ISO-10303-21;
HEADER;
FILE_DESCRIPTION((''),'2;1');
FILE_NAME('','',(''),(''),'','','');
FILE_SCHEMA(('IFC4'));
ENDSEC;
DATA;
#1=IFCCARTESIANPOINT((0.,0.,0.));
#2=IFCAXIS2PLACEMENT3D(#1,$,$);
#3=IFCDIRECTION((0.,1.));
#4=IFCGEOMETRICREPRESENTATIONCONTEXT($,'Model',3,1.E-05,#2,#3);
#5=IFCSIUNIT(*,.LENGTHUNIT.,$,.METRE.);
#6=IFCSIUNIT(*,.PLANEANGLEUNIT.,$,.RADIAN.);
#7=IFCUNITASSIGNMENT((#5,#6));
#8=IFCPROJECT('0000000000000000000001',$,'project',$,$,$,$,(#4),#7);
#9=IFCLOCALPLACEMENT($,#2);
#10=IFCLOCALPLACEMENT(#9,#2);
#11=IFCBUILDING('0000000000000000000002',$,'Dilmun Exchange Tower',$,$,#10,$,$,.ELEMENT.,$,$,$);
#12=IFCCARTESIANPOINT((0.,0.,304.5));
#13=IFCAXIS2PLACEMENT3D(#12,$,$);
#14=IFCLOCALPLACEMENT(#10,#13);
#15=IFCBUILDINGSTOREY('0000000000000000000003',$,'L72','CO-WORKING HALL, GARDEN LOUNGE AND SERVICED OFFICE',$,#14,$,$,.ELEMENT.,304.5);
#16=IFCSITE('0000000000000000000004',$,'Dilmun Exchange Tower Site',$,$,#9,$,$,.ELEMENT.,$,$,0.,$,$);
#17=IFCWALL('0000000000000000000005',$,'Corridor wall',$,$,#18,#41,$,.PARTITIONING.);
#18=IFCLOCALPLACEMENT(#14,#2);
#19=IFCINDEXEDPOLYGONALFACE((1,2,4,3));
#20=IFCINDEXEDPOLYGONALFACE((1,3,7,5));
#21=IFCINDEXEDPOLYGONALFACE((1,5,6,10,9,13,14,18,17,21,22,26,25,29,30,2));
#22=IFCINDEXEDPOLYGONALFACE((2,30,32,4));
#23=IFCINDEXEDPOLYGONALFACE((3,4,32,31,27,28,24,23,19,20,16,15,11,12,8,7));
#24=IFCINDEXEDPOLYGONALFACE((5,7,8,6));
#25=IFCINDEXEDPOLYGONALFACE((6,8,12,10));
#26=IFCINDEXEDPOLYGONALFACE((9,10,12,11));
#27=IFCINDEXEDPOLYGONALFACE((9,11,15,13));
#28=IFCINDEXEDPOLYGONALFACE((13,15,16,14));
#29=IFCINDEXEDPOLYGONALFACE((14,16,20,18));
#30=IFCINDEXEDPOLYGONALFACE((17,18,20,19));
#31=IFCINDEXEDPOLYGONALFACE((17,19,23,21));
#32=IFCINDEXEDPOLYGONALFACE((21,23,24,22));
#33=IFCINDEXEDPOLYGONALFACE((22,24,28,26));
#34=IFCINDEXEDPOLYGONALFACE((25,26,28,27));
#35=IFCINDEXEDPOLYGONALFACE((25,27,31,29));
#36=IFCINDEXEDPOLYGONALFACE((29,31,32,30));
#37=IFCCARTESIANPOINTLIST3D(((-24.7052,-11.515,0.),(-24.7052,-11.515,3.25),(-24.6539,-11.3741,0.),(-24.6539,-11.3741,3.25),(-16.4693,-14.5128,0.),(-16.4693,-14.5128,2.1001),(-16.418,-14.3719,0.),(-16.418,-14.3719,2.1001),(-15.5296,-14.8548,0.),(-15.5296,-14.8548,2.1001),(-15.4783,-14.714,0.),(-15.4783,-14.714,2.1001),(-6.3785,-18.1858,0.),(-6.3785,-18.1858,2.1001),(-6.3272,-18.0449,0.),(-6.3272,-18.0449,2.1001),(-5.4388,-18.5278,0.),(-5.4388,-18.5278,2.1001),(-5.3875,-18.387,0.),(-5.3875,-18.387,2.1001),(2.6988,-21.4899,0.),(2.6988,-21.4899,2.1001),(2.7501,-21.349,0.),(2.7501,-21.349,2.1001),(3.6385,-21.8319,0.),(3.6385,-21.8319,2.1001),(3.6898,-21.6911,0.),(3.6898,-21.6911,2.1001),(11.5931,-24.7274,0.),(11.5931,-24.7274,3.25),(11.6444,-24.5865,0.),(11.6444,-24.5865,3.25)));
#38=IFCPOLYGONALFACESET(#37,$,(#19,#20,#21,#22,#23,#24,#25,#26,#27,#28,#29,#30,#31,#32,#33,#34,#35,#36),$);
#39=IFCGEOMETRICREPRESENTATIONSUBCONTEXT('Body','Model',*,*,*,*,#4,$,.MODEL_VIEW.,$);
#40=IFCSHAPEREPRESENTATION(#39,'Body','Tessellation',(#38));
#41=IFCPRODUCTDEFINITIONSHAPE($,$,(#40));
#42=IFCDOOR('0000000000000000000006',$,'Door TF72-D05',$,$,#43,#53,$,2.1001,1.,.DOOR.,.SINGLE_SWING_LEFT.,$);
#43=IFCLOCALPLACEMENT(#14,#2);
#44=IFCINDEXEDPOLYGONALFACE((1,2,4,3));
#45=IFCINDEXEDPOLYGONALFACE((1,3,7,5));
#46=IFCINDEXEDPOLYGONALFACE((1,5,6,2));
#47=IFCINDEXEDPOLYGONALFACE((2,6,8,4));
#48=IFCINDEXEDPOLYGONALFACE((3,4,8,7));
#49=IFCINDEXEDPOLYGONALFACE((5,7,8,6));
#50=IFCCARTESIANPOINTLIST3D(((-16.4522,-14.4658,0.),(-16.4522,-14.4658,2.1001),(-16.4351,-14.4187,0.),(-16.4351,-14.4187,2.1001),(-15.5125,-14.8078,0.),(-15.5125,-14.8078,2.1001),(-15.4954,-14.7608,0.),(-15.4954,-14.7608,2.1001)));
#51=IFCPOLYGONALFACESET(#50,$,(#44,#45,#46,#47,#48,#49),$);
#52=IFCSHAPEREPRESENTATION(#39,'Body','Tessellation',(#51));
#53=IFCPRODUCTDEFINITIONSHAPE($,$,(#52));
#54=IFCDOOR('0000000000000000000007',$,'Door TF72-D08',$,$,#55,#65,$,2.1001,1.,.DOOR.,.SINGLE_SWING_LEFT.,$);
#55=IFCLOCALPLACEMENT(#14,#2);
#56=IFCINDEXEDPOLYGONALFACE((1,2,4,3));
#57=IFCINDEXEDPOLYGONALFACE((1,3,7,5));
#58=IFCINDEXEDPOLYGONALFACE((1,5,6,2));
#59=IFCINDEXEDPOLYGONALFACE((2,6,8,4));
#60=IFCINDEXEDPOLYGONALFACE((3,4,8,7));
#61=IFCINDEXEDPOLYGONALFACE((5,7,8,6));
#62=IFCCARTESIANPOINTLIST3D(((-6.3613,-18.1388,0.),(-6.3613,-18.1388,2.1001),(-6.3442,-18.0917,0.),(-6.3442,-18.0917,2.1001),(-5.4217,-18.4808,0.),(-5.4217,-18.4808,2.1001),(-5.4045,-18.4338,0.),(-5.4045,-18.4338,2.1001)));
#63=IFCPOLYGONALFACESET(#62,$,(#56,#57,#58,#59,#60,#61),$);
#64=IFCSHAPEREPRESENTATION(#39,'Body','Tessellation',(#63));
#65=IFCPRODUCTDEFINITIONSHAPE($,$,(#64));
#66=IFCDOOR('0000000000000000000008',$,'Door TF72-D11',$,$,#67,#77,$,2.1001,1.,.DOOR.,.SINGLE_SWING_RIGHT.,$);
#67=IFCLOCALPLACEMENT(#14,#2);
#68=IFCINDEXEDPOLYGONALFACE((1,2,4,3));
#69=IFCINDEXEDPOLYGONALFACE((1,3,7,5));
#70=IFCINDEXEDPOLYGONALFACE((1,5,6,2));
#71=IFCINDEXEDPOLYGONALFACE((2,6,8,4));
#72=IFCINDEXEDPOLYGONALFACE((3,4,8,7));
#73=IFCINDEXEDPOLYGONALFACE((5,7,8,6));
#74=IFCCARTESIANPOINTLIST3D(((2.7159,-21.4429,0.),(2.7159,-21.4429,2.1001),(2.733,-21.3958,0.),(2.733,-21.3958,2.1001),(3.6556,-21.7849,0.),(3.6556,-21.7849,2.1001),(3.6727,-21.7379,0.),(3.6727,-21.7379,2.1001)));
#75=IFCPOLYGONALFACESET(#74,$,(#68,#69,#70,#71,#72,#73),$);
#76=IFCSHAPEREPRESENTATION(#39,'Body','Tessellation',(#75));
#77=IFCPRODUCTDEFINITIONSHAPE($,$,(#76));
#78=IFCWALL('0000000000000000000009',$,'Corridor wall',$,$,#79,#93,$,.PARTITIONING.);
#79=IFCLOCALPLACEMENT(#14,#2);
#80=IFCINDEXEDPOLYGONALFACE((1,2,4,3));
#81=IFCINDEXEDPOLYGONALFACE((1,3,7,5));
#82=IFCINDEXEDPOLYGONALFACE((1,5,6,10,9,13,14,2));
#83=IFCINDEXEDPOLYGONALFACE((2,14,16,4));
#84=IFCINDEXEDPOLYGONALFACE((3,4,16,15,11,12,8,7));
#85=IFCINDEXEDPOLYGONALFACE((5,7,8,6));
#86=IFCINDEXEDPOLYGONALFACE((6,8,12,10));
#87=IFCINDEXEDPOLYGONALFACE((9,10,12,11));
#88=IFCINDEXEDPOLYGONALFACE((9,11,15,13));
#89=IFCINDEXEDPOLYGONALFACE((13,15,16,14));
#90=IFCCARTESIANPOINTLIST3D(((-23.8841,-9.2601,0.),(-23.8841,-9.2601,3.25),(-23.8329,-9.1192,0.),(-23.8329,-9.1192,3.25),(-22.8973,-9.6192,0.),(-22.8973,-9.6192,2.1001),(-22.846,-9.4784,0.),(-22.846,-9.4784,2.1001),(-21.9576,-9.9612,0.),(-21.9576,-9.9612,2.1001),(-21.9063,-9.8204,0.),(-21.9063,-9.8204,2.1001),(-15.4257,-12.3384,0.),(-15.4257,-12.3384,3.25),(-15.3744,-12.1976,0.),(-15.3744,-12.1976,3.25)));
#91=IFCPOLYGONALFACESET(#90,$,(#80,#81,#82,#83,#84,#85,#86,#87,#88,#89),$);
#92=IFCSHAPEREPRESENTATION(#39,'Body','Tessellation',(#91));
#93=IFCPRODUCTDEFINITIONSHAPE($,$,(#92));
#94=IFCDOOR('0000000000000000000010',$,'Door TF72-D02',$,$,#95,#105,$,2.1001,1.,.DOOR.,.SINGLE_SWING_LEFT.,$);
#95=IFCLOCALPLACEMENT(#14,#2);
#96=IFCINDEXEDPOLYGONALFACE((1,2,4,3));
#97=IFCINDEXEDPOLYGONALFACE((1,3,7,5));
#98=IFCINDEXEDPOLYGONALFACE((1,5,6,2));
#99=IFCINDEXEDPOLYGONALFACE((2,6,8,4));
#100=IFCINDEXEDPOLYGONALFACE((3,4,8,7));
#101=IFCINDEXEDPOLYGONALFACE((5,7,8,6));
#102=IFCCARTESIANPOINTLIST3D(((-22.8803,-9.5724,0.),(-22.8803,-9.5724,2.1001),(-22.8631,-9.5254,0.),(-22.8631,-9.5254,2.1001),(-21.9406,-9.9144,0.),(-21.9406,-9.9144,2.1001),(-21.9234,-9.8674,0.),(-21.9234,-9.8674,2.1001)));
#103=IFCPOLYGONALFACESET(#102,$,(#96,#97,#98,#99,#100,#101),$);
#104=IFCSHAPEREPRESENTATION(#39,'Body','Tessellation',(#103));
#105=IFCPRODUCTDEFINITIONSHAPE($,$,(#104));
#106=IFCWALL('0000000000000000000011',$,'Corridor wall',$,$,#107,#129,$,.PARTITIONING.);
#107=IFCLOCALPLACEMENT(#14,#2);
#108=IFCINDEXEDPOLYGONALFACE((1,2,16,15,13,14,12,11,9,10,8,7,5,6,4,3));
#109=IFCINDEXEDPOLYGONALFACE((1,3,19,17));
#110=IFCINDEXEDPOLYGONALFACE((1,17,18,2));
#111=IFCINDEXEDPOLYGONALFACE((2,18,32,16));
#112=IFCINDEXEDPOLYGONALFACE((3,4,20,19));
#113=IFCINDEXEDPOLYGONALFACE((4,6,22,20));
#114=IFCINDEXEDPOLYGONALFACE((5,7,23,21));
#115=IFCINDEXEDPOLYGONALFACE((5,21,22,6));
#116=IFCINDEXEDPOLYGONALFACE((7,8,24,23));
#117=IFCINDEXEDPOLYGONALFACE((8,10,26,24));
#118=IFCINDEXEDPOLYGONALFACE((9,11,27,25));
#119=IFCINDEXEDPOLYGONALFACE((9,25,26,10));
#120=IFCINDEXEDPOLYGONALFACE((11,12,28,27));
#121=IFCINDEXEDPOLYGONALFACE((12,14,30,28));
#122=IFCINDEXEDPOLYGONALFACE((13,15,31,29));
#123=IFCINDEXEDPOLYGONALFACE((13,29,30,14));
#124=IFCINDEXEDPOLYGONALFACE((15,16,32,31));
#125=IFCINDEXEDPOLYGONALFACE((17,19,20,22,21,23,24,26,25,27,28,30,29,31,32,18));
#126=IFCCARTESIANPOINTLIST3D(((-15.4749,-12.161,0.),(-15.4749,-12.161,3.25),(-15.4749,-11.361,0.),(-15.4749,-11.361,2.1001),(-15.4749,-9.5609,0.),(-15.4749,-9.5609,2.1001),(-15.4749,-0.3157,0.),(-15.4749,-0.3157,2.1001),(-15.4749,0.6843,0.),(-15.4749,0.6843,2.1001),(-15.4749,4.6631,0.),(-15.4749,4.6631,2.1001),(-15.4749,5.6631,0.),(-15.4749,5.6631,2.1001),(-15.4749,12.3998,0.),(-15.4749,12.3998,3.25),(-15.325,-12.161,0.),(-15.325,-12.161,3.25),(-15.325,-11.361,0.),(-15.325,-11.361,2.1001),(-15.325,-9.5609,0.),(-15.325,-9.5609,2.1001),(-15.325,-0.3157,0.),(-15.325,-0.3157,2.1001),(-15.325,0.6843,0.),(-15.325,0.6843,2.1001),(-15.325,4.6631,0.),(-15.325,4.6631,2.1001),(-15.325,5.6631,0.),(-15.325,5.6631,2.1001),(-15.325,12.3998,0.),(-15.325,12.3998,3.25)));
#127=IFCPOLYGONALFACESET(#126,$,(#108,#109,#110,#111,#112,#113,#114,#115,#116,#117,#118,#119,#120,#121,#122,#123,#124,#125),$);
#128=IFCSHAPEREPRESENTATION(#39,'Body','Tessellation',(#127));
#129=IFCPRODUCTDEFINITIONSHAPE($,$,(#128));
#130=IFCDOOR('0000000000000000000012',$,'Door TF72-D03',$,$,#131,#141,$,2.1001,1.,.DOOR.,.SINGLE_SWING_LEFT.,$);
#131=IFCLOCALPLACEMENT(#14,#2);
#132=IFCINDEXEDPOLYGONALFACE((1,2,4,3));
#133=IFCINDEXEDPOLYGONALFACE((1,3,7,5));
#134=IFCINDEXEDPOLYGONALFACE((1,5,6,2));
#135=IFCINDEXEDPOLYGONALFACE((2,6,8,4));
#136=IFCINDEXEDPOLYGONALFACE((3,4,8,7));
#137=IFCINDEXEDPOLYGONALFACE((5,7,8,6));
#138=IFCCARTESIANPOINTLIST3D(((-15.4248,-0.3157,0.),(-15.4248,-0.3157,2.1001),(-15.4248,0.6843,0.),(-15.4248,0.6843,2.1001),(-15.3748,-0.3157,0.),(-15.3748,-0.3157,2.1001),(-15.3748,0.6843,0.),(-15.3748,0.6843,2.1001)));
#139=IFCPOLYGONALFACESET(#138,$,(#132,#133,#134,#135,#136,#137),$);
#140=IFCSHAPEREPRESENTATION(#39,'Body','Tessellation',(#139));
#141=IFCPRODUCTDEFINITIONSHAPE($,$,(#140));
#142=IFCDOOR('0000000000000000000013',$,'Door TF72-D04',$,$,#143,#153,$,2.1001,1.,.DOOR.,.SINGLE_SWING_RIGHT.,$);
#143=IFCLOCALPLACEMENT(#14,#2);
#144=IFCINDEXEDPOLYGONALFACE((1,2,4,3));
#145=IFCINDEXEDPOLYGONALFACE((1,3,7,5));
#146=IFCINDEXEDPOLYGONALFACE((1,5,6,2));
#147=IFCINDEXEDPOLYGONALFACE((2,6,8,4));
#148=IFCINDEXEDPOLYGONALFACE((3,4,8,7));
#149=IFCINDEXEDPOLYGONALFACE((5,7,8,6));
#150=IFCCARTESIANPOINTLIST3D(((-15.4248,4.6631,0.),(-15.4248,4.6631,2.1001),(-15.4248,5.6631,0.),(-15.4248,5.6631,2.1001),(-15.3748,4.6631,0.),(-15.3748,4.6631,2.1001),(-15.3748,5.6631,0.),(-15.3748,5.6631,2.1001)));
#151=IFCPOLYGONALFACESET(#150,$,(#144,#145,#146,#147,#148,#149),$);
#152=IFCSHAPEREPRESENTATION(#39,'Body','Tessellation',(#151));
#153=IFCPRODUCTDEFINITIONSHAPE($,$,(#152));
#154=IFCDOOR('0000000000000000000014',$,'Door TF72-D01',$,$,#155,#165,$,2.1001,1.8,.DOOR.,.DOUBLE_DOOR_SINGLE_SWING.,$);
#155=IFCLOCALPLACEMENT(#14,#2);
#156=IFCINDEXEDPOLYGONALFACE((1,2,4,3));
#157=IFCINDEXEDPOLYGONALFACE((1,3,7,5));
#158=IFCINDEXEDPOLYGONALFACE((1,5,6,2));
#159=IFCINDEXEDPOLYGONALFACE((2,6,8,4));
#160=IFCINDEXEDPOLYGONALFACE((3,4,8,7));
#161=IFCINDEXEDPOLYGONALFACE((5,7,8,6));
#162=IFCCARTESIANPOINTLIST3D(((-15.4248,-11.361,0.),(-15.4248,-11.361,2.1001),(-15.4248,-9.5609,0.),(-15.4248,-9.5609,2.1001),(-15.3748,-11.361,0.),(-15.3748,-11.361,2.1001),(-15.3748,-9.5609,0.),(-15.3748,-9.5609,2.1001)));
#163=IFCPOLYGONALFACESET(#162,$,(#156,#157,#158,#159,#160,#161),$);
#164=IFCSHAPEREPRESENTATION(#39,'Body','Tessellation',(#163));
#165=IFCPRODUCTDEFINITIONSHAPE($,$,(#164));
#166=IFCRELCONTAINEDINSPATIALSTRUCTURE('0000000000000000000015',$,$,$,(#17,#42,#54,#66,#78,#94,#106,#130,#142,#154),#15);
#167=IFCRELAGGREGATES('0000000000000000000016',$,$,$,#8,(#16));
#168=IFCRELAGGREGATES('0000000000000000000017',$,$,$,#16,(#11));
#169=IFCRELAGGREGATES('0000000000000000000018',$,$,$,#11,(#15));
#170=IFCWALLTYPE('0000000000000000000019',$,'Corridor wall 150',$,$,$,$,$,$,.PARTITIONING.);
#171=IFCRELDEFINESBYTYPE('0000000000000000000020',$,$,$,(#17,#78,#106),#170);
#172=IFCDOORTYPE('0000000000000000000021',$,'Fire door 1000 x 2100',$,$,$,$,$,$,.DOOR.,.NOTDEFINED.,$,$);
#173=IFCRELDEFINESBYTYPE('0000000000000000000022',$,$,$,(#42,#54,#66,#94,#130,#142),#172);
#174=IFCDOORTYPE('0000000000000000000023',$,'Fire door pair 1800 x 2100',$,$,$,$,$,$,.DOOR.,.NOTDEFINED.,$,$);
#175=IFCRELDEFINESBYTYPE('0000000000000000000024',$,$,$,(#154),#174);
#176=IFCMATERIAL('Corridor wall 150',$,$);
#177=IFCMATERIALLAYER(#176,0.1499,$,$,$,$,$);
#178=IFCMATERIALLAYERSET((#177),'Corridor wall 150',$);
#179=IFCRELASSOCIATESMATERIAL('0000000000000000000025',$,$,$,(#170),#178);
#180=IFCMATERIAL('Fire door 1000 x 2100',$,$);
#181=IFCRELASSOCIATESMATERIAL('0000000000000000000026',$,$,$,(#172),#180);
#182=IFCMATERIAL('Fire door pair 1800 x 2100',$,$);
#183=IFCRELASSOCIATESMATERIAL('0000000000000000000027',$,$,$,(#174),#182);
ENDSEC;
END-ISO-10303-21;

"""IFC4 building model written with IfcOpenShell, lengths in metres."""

from ifc_helpers import new_model, si_unit, direction, frame, frame_2d, origin, place, context, subcontext, project, spatial, rectangle, extrude, material, layer, layer_set, type_object, element, fill, save


model = new_model("IFC4")

# Units and contexts
model_context = context("Model", 3, precision=1e-05, world=origin(), true_north=direction((0.0, 1.0)))
body_context = subcontext(model_context, "Body", "Model", "MODEL_VIEW")
ifc_project = project(units=[si_unit("LENGTHUNIT", "METRE"), si_unit("PLANEANGLEUNIT", "RADIAN")], contexts=[model_context])

# Site, building, storey
site_placement = place(None, origin())
site = spatial("IfcSite", under=ifc_project, at=site_placement, Name="Dilmun Exchange Tower Site", CompositionType="ELEMENT", RefElevation=0.0)
building_placement = place(site_placement, origin())
building = spatial("IfcBuilding", under=site, at=building_placement, Name="Dilmun Exchange Tower", CompositionType="ELEMENT")
storey_placement = place(building_placement, frame((0.0, 0.0, 304.5)))
storey = spatial("IfcBuildingStorey", under=building, at=storey_placement, Name="L72", Description="CO-WORKING HALL, GARDEN LOUNGE AND SERVICED OFFICE", CompositionType="ELEMENT", Elevation=304.5)

# Shared definitions
ifc_material_1 = material(Name="Corridor wall 150")
ifc_layer_1 = layer(ifc_material_1, 0.1499)
ifc_layer_set_1 = layer_set([ifc_layer_1], Name="Corridor wall 150")
wall_type_1 = type_object("IfcWallType", Name="Corridor wall 150", PredefinedType="PARTITIONING", material=ifc_layer_set_1)

# Wall, openings, doors
wall_1_placement = place(storey_placement, frame((-24.6794, -11.4446, 0.0), z_axis=(0.0, 0.0, 1.0), x_axis=(0.939685, -0.34204, 0.0)))
wall_1 = element("IfcWall", 1, at=wall_1_placement, inside=storey, type_object=wall_type_1, Name="Corridor wall", PredefinedType="PARTITIONING", context=body_context, shape_type="SweptSolid", body=[
    extrude(rectangle(XDim=38.6282, YDim=0.1499, at=frame_2d((19.314, 0.0))), origin(), (0.0, 0.0, 1.0), 3.25),
])
opening_1_placement = place(wall_1_placement, frame((8.7644, 0.0, 0.0)))
opening_1 = element("IfcOpeningElement", 2, at=opening_1_placement, cuts=wall_1, PredefinedType="OPENING", context=body_context, shape_type="SweptSolid", body=[
    extrude(rectangle(XDim=1.0, YDim=2.1001, at=frame_2d((0.5, 1.05))), frame((0.0, 0.085, 0.0), z_axis=(0.0, -1.0, 0.0), x_axis=(1.0, 0.0, 0.0)), (0.0, 0.0, 1.0), 0.1699),
])
opening_2_placement = place(wall_1_placement, frame((19.5029, 0.0, 0.0)))
opening_2 = element("IfcOpeningElement", 3, at=opening_2_placement, cuts=wall_1, PredefinedType="OPENING", context=body_context, shape_type="SweptSolid", body=[
    extrude(rectangle(XDim=1.0, YDim=2.1001, at=frame_2d((0.5, 1.05))), frame((0.0, 0.085, 0.0), z_axis=(0.0, -1.0, 0.0), x_axis=(1.0, 0.0, 0.0)), (0.0, 0.0, 1.0), 0.1699),
])
opening_3_placement = place(wall_1_placement, frame((29.1628, 0.0, 0.0)))
opening_3 = element("IfcOpeningElement", 4, at=opening_3_placement, cuts=wall_1, PredefinedType="OPENING", context=body_context, shape_type="SweptSolid", body=[
    extrude(rectangle(XDim=1.0, YDim=2.1001, at=frame_2d((0.5, 1.05))), frame((0.0, 0.085, 0.0), z_axis=(0.0, -1.0, 0.0), x_axis=(1.0, 0.0, 0.0)), (0.0, 0.0, 1.0), 0.1699),
])
ifc_material_2 = material(Name="Fire door 1000 x 2100")
door_type_1 = type_object("IfcDoorType", Name="Fire door 1000 x 2100", OperationType="NOTDEFINED", PredefinedType="DOOR", material=ifc_material_2)
door_1_placement = place(opening_1_placement, frame((1.0, 0.0, 0.0), z_axis=(0.0, 0.0, 1.0), x_axis=(-1.0, 0.0, 0.0)))
door_1 = element("IfcDoor", 5, at=door_1_placement, inside=storey, type_object=door_type_1, Name="Door TF72-D05", OperationType="SINGLE_SWING_LEFT", OverallHeight=2.1001, OverallWidth=1.0, PredefinedType="DOOR", context=body_context, shape_type="SweptSolid", body=[
    extrude(rectangle(XDim=1.0, YDim=2.1001, at=frame_2d((0.5, 1.05))), frame((0.0, 0.0249, 0.0), z_axis=(0.0, -1.0, 0.0), x_axis=(1.0, 0.0, 0.0)), (0.0, 0.0, 1.0), 0.05),
])
fill(opening_1, door_1)
door_2_placement = place(opening_2_placement, frame((1.0, 0.0, 0.0), z_axis=(0.0, 0.0, 1.0), x_axis=(-1.0, 0.0, 0.0)))
door_2 = element("IfcDoor", 6, at=door_2_placement, inside=storey, type_object=door_type_1, Name="Door TF72-D08", OperationType="SINGLE_SWING_LEFT", OverallHeight=2.1001, OverallWidth=1.0, PredefinedType="DOOR", context=body_context, shape_type="SweptSolid", body=[
    extrude(rectangle(XDim=1.0, YDim=2.1001, at=frame_2d((0.5, 1.05))), frame((0.0, 0.0249, 0.0), z_axis=(0.0, -1.0, 0.0), x_axis=(1.0, 0.0, 0.0)), (0.0, 0.0, 1.0), 0.05),
])
fill(opening_2, door_2)
door_3_placement = place(opening_3_placement, frame((1.0, 0.0, 0.0), z_axis=(0.0, 0.0, 1.0), x_axis=(-1.0, 0.0, 0.0)))
door_3 = element("IfcDoor", 7, at=door_3_placement, inside=storey, type_object=door_type_1, Name="Door TF72-D11", OperationType="SINGLE_SWING_RIGHT", OverallHeight=2.1001, OverallWidth=1.0, PredefinedType="DOOR", context=body_context, shape_type="SweptSolid", body=[
    extrude(rectangle(XDim=1.0, YDim=2.1001, at=frame_2d((0.5, 1.05))), frame((0.0, 0.0249, 0.0), z_axis=(0.0, -1.0, 0.0), x_axis=(1.0, 0.0, 0.0)), (0.0, 0.0, 1.0), 0.05),
])
fill(opening_3, door_3)

# Wall, opening, door
wall_2_placement = place(storey_placement, frame((-23.8584, -9.1897, 0.0), z_axis=(0.0, 0.0, 1.0), x_axis=(0.939702, -0.341993, 0.0)))
wall_2 = element("IfcWall", 8, at=wall_2_placement, inside=storey, type_object=wall_type_1, Name="Corridor wall", PredefinedType="PARTITIONING", context=body_context, shape_type="SweptSolid", body=[
    extrude(rectangle(XDim=9.0012, YDim=0.1499, at=frame_2d((4.5005, 0.0))), origin(), (0.0, 0.0, 1.0), 3.25),
])
opening_4_placement = place(wall_2_placement, frame((1.05, 0.0, 0.0)))
opening_4 = element("IfcOpeningElement", 9, at=opening_4_placement, cuts=wall_2, PredefinedType="OPENING", context=body_context, shape_type="SweptSolid", body=[
    extrude(rectangle(XDim=1.0, YDim=2.1001, at=frame_2d((0.5, 1.05))), frame((0.0, 0.085, 0.0), z_axis=(0.0, -1.0, 0.0), x_axis=(1.0, 0.0, 0.0)), (0.0, 0.0, 1.0), 0.1699),
])
door_4_placement = place(opening_4_placement, origin())
door_4 = element("IfcDoor", 10, at=door_4_placement, inside=storey, type_object=door_type_1, Name="Door TF72-D02", OperationType="SINGLE_SWING_LEFT", OverallHeight=2.1001, OverallWidth=1.0, PredefinedType="DOOR", context=body_context, shape_type="SweptSolid", body=[
    extrude(rectangle(XDim=1.0, YDim=2.1001, at=frame_2d((0.5, 1.05))), frame((0.0, 0.0249, 0.0), z_axis=(0.0, -1.0, 0.0), x_axis=(1.0, 0.0, 0.0)), (0.0, 0.0, 1.0), 0.05),
])
fill(opening_4, door_4)

# Wall, openings, doors
wall_3_placement = place(storey_placement, frame((-15.3999, -12.1609, 0.0), z_axis=(0.0, 0.0, 1.0), x_axis=(0.0, 1.0, 0.0)))
wall_3 = element("IfcWall", 11, at=wall_3_placement, inside=storey, type_object=wall_type_1, Name="Corridor wall", PredefinedType="PARTITIONING", context=body_context, shape_type="SweptSolid", body=[
    extrude(rectangle(XDim=24.5608, YDim=0.1499, at=frame_2d((12.2803, 0.0))), origin(), (0.0, 0.0, 1.0), 3.25),
])
opening_5_placement = place(wall_3_placement, frame((0.8, 0.0, 0.0)))
opening_5 = element("IfcOpeningElement", 12, at=opening_5_placement, cuts=wall_3, PredefinedType="OPENING", context=body_context, shape_type="SweptSolid", body=[
    extrude(rectangle(XDim=1.8, YDim=2.1001, at=frame_2d((0.8999, 1.05))), frame((0.0, 0.085, 0.0), z_axis=(0.0, -1.0, 0.0), x_axis=(1.0, 0.0, 0.0)), (0.0, 0.0, 1.0), 0.1699),
])
opening_6_placement = place(wall_3_placement, frame((11.8452, 0.0, 0.0)))
opening_6 = element("IfcOpeningElement", 13, at=opening_6_placement, cuts=wall_3, PredefinedType="OPENING", context=body_context, shape_type="SweptSolid", body=[
    extrude(rectangle(XDim=1.0, YDim=2.1001, at=frame_2d((0.5, 1.05))), frame((0.0, 0.085, 0.0), z_axis=(0.0, -1.0, 0.0), x_axis=(1.0, 0.0, 0.0)), (0.0, 0.0, 1.0), 0.1699),
])
opening_7_placement = place(wall_3_placement, frame((16.824, 0.0, 0.0)))
opening_7 = element("IfcOpeningElement", 14, at=opening_7_placement, cuts=wall_3, PredefinedType="OPENING", context=body_context, shape_type="SweptSolid", body=[
    extrude(rectangle(XDim=1.0, YDim=2.1001, at=frame_2d((0.5, 1.05))), frame((0.0, 0.085, 0.0), z_axis=(0.0, -1.0, 0.0), x_axis=(1.0, 0.0, 0.0)), (0.0, 0.0, 1.0), 0.1699),
])
door_5_placement = place(opening_6_placement, origin())
door_5 = element("IfcDoor", 15, at=door_5_placement, inside=storey, type_object=door_type_1, Name="Door TF72-D03", OperationType="SINGLE_SWING_LEFT", OverallHeight=2.1001, OverallWidth=1.0, PredefinedType="DOOR", context=body_context, shape_type="SweptSolid", body=[
    extrude(rectangle(XDim=1.0, YDim=2.1001, at=frame_2d((0.5, 1.05))), frame((0.0, 0.0249, 0.0), z_axis=(0.0, -1.0, 0.0), x_axis=(1.0, 0.0, 0.0)), (0.0, 0.0, 1.0), 0.05),
])
fill(opening_6, door_5)
door_6_placement = place(opening_7_placement, origin())
door_6 = element("IfcDoor", 16, at=door_6_placement, inside=storey, type_object=door_type_1, Name="Door TF72-D04", OperationType="SINGLE_SWING_RIGHT", OverallHeight=2.1001, OverallWidth=1.0, PredefinedType="DOOR", context=body_context, shape_type="SweptSolid", body=[
    extrude(rectangle(XDim=1.0, YDim=2.1001, at=frame_2d((0.5, 1.05))), frame((0.0, 0.0249, 0.0), z_axis=(0.0, -1.0, 0.0), x_axis=(1.0, 0.0, 0.0)), (0.0, 0.0, 1.0), 0.05),
])
fill(opening_7, door_6)
ifc_material_3 = material(Name="Fire door pair 1800 x 2100")
door_type_2 = type_object("IfcDoorType", Name="Fire door pair 1800 x 2100", OperationType="NOTDEFINED", PredefinedType="DOOR", material=ifc_material_3)
door_7_placement = place(opening_5_placement, origin())
door_7 = element("IfcDoor", 17, at=door_7_placement, inside=storey, type_object=door_type_2, Name="Door TF72-D01", OperationType="DOUBLE_DOOR_SINGLE_SWING", OverallHeight=2.1001, OverallWidth=1.8, PredefinedType="DOOR", context=body_context, shape_type="SweptSolid", body=[
    extrude(rectangle(XDim=1.8, YDim=2.1001, at=frame_2d((0.8999, 1.05))), frame((0.0, 0.0249, 0.0), z_axis=(0.0, -1.0, 0.0), x_axis=(1.0, 0.0, 0.0)), (0.0, 0.0, 1.0), 0.05),
])
fill(opening_5, door_7)

save(model, "model.ifc")
